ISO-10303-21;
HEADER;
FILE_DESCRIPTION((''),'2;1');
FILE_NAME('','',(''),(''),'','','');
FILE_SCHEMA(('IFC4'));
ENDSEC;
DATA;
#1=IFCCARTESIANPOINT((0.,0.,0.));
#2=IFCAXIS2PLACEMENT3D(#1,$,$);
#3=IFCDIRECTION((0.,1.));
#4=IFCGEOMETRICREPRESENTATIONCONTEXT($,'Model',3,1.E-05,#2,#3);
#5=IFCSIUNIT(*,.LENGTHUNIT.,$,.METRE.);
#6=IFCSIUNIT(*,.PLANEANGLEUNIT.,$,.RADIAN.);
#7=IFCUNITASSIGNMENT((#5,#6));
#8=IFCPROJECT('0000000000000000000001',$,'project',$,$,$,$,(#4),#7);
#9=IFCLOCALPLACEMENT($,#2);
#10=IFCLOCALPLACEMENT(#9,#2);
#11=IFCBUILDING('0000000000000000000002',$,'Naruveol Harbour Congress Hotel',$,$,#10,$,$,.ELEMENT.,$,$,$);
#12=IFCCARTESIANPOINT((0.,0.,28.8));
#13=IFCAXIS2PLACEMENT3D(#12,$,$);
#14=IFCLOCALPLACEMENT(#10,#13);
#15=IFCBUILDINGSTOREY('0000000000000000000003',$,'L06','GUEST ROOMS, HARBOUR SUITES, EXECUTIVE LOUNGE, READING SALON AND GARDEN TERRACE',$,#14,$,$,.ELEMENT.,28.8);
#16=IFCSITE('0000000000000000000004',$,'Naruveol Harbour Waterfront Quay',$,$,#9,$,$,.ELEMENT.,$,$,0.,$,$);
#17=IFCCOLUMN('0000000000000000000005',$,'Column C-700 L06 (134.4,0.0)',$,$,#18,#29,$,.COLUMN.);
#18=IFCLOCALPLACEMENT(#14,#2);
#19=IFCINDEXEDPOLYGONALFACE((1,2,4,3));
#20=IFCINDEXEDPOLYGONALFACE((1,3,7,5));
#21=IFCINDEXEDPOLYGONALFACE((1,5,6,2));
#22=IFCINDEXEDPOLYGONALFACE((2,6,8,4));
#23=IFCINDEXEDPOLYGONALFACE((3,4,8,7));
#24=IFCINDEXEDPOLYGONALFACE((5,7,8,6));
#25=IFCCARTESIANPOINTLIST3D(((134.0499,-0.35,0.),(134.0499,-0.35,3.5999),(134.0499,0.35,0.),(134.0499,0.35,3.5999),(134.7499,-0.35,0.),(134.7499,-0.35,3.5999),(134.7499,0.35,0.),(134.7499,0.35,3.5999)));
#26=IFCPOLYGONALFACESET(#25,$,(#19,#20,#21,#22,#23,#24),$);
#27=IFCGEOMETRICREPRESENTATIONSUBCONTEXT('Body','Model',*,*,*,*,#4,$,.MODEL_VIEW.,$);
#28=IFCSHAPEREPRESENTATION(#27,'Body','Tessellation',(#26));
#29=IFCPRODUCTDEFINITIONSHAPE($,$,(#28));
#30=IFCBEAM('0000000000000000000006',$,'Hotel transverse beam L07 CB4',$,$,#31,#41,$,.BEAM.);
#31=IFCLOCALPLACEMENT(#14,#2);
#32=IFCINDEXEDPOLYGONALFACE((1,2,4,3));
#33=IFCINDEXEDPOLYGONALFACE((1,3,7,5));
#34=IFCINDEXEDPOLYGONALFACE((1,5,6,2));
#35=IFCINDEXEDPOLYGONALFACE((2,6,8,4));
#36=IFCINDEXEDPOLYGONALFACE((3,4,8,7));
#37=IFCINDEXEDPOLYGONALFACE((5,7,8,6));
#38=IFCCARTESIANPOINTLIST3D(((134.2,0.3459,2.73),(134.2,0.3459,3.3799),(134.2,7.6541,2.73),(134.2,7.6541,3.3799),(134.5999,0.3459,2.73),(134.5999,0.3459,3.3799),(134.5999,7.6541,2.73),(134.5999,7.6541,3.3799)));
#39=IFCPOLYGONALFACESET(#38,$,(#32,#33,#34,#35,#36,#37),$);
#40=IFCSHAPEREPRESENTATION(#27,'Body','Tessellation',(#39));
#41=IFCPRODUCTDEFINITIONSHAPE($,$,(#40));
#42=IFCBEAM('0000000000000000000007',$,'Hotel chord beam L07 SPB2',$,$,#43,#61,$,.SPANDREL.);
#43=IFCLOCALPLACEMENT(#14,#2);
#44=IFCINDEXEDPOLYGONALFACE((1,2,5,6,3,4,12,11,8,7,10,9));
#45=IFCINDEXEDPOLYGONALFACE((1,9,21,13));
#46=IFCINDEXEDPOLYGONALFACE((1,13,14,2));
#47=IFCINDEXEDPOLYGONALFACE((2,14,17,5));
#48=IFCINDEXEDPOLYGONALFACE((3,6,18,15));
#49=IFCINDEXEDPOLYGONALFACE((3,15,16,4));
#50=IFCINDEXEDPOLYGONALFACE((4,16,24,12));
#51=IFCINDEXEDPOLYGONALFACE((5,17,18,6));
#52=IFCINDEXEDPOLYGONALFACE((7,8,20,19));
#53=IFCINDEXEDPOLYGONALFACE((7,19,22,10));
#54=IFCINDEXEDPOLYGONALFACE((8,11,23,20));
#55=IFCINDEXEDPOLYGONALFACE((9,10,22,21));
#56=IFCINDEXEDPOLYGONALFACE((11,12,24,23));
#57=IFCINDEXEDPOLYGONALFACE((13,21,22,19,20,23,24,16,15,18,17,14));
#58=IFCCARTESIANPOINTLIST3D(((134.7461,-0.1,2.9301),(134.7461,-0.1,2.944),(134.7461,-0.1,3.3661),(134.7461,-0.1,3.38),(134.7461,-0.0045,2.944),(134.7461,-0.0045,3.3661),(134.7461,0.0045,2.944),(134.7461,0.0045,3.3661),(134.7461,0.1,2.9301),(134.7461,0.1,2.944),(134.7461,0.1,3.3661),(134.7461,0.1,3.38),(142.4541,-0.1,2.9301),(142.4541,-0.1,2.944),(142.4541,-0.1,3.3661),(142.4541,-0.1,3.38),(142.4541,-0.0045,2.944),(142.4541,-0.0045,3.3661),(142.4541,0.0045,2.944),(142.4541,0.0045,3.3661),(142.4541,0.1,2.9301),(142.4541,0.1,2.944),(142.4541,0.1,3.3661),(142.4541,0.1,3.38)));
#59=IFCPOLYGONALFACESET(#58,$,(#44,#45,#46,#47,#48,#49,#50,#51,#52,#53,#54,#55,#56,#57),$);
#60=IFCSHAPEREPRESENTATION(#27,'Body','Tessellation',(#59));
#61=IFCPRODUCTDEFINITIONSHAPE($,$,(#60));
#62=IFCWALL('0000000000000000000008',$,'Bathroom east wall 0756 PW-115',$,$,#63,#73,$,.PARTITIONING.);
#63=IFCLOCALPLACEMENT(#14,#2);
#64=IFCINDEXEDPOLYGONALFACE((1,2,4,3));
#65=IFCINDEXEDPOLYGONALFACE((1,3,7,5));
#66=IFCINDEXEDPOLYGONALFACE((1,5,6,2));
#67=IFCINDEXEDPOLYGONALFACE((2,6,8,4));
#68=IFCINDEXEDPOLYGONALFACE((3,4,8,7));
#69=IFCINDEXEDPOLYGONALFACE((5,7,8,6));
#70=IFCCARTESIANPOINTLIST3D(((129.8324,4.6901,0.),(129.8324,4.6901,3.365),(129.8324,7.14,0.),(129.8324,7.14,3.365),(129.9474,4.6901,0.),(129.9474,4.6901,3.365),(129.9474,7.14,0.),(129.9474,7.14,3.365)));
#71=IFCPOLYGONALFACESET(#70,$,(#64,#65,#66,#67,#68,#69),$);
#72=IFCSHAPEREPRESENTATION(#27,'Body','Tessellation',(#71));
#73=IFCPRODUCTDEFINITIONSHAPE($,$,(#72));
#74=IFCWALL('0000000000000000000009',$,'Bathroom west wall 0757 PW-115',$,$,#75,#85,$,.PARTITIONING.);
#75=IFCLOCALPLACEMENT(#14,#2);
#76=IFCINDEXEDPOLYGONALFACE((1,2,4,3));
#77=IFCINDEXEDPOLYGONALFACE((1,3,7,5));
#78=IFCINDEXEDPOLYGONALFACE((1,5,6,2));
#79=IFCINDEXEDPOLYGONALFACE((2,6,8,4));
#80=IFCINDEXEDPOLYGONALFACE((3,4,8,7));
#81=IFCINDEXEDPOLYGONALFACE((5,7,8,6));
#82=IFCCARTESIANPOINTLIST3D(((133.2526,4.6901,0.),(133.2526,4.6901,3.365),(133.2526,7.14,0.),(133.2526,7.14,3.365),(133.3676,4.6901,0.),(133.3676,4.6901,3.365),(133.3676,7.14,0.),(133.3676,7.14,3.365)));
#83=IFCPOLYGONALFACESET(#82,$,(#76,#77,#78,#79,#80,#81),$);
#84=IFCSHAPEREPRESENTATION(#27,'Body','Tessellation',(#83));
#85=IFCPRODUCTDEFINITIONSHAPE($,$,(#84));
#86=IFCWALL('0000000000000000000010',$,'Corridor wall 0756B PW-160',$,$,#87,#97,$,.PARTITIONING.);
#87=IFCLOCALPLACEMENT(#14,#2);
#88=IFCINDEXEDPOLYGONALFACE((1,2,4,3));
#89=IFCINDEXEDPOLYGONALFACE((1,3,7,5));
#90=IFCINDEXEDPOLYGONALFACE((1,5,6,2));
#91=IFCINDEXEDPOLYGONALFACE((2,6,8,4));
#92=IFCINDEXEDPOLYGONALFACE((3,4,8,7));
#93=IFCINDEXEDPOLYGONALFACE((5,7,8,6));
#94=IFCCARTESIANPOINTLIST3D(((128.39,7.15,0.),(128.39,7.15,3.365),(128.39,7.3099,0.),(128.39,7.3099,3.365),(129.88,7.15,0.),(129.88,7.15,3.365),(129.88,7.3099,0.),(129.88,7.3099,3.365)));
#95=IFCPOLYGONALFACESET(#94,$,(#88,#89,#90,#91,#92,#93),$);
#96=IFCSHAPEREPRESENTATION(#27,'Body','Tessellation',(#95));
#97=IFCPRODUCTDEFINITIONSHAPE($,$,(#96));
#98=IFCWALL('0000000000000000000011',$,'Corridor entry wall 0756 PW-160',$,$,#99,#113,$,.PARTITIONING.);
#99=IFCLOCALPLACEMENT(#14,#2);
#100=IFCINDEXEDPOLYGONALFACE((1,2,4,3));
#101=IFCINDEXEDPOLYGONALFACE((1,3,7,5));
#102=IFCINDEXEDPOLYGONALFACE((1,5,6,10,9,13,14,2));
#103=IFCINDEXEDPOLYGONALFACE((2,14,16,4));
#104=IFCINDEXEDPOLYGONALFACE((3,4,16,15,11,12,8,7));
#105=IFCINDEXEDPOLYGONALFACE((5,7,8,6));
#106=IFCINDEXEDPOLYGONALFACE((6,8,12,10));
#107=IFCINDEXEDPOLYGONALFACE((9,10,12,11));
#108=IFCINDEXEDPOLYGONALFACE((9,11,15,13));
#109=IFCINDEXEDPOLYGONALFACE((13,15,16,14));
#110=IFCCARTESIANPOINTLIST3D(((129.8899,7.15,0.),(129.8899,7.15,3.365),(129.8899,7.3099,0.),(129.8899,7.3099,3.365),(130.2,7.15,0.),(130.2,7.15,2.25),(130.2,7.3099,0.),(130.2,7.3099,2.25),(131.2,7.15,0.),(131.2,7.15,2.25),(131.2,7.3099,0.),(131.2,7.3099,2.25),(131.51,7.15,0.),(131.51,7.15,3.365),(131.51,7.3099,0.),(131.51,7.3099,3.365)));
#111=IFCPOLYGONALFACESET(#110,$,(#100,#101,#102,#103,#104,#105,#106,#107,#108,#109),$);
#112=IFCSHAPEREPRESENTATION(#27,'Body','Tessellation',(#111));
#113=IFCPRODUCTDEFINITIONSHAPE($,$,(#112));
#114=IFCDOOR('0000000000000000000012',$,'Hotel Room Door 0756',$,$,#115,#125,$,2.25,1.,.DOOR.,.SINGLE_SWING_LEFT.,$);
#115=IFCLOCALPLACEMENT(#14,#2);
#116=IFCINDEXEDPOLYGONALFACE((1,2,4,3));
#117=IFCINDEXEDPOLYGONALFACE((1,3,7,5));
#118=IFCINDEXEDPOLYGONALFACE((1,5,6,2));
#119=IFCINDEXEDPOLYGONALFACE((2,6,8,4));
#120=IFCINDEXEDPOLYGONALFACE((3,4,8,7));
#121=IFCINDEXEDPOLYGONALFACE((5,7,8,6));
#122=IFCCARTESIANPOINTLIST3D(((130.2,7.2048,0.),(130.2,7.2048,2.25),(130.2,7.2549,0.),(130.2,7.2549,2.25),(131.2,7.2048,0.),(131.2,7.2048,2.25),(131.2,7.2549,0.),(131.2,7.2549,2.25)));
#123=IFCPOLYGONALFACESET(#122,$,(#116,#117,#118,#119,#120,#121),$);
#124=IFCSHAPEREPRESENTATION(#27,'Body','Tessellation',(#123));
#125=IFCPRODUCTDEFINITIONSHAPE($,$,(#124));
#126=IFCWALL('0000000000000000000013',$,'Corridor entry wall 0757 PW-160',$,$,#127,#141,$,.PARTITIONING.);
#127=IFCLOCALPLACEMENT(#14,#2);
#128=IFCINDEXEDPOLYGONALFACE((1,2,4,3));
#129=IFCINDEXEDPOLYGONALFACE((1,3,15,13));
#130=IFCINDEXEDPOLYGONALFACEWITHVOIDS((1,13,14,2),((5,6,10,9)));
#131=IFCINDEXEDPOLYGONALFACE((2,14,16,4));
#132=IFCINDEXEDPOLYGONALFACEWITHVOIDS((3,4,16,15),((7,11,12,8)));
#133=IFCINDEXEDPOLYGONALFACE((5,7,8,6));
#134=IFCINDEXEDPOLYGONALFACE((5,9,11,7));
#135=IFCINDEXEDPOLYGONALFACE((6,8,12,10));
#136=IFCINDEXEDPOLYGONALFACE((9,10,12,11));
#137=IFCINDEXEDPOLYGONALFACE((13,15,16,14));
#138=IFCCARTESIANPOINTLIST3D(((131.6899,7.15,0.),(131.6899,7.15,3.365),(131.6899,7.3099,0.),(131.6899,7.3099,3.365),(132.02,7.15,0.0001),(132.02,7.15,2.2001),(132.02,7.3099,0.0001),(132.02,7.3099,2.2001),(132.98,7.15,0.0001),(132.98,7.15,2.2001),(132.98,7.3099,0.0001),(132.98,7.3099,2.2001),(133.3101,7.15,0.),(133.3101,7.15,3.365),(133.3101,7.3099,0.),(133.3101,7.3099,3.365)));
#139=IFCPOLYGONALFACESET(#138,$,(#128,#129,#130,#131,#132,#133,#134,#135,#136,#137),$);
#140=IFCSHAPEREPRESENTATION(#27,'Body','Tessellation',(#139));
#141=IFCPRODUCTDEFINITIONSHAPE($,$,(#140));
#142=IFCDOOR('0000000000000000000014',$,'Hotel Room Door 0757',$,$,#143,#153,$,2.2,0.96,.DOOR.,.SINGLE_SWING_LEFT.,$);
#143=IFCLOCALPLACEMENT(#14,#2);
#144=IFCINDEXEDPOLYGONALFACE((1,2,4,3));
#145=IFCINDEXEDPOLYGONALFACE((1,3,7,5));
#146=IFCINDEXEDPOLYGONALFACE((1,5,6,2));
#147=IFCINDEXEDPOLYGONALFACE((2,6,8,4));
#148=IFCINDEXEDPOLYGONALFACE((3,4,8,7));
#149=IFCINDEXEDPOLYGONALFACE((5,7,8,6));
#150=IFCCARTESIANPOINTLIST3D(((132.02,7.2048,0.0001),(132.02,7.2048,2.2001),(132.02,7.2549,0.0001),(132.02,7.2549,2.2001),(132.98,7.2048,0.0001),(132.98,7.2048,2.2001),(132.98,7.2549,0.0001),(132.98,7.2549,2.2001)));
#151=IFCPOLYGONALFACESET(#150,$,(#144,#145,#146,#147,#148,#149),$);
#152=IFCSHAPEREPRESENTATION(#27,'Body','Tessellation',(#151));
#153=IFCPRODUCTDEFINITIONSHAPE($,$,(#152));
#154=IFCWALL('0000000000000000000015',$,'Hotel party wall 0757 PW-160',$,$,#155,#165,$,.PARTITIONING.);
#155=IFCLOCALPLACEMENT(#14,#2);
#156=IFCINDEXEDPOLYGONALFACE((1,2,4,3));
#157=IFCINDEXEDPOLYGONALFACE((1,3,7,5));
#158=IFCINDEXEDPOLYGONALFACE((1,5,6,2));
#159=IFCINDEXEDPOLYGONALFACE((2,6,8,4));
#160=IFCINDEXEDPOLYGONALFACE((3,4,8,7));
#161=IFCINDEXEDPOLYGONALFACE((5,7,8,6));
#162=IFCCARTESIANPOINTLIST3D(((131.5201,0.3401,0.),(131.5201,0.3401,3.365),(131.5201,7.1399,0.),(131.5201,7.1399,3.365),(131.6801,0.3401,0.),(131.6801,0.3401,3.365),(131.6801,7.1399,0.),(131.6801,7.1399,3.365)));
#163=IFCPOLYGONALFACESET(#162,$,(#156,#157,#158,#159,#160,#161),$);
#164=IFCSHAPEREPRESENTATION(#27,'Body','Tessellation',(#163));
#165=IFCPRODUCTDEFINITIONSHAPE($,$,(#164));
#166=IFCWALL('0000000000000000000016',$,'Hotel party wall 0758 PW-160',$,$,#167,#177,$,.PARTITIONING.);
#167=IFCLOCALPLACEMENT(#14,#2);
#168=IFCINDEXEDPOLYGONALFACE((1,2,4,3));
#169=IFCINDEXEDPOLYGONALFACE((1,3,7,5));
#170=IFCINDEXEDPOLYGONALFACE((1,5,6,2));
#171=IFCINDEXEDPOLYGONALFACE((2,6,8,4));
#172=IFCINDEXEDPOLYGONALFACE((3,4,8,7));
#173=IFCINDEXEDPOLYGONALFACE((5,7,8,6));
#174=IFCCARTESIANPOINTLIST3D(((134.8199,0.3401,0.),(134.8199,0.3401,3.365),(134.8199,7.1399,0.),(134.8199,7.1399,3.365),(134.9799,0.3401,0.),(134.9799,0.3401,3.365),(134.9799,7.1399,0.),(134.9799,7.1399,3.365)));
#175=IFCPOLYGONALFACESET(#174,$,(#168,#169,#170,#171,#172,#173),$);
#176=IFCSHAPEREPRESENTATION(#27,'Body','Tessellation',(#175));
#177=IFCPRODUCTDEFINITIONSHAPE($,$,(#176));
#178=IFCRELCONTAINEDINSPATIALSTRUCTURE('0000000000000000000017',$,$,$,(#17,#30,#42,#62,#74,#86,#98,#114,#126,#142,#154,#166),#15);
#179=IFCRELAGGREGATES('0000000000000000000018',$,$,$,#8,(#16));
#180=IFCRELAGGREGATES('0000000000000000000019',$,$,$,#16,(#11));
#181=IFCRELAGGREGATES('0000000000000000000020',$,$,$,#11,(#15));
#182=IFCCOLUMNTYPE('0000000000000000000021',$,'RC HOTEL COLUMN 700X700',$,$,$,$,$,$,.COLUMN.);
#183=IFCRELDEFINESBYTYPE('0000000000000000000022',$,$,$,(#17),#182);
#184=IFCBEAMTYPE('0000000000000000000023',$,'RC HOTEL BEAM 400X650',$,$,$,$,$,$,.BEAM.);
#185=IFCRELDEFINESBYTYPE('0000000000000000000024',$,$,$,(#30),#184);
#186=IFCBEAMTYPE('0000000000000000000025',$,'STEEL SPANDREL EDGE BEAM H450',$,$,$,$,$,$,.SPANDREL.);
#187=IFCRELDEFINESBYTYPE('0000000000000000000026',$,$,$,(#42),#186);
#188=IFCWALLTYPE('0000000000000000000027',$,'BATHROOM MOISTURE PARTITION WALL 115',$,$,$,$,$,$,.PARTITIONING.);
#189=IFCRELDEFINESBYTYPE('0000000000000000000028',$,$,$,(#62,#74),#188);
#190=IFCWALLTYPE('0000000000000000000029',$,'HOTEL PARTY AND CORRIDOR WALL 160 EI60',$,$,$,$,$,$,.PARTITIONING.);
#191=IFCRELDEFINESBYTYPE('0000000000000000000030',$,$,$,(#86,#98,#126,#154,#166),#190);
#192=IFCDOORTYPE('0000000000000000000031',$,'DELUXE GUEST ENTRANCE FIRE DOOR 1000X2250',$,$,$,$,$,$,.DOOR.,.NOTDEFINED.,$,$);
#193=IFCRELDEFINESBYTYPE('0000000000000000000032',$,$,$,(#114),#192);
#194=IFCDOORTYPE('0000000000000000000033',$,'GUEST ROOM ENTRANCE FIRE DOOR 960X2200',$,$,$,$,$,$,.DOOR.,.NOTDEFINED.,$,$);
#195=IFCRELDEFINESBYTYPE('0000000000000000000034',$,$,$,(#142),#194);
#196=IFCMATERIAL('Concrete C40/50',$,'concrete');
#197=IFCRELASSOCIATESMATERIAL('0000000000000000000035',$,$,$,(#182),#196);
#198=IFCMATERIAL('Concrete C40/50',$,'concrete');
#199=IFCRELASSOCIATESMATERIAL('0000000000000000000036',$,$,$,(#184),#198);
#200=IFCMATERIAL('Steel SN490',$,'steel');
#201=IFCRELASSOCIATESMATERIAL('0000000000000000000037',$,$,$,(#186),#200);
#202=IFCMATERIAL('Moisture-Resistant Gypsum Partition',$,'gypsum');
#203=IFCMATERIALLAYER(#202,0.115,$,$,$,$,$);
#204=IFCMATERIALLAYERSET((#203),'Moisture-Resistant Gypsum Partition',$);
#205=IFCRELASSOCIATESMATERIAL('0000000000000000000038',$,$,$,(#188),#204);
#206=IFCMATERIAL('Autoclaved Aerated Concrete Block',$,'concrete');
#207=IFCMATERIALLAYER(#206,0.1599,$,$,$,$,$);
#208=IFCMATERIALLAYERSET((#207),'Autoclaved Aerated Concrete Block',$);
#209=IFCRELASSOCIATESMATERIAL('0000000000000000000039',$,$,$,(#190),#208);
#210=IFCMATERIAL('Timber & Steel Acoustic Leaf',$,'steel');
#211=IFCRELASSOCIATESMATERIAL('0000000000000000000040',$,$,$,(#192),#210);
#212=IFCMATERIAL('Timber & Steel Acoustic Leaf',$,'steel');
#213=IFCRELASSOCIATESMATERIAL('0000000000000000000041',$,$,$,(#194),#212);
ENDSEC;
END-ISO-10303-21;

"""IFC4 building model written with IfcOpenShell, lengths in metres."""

from ifc_helpers import new_model, si_unit, direction, frame, frame_2d, origin, origin_2d, place, context, subcontext, project, spatial, rectangle, i_section, extrude, material, layer, layer_set, material_profile, profile_set, type_object, element, fill, save


model = new_model("IFC4")

# Units and contexts
model_context = context("Model", 3, precision=1e-05, world=origin(), true_north=direction((0.0, 1.0)))
body_context = subcontext(model_context, "Body", "Model", "MODEL_VIEW")
ifc_project = project(units=[si_unit("LENGTHUNIT", "METRE"), si_unit("PLANEANGLEUNIT", "RADIAN")], contexts=[model_context])

# Site, building, storey
site_placement = place(None, origin())
site = spatial("IfcSite", under=ifc_project, at=site_placement, Name="Naruveol Harbour Waterfront Quay", CompositionType="ELEMENT", RefElevation=0.0)
building_placement = place(site_placement, origin())
building = spatial("IfcBuilding", under=site, at=building_placement, Name="Naruveol Harbour Congress Hotel", CompositionType="ELEMENT")
storey_placement = place(building_placement, frame((0.0, 0.0, 28.8)))
storey = spatial("IfcBuildingStorey", under=building, at=storey_placement, Name="L06", Description="GUEST ROOMS, HARBOUR SUITES, EXECUTIVE LOUNGE, READING SALON AND GARDEN TERRACE", CompositionType="ELEMENT", Elevation=28.8)

# Column
ifc_material_1 = material(Name="Concrete C40/50", Category="concrete")
ifc_material_profile_1 = material_profile(ifc_material_1, rectangle(XDim=0.7, YDim=0.7, at=origin_2d()), Name="RC-700x700")
ifc_profile_set_1 = profile_set([ifc_material_profile_1], Name="Concrete C40/50")
column_type = type_object("IfcColumnType", Name="RC HOTEL COLUMN 700X700", PredefinedType="COLUMN", material=ifc_profile_set_1)
column_placement = place(storey_placement, frame((134.3999, 0.0, 0.0), z_axis=(0.0, 0.0, 1.0), x_axis=(1.0, 0.0, 0.0)))
element("IfcColumn", 1, at=column_placement, inside=storey, type_object=column_type, Name="Column C-700 L06 (134.4,0.0)", PredefinedType="COLUMN", context=body_context, shape_type="SweptSolid", body=[
    extrude(rectangle(XDim=0.7, YDim=0.7, at=origin_2d()), origin(), (0.0, 0.0, 1.0), 3.5999),
])

# Beams
ifc_material_2 = material(Name="Concrete C40/50", Category="concrete")
ifc_material_profile_2 = material_profile(ifc_material_2, rectangle(XDim=0.3999, YDim=0.6499, at=origin_2d()), Name="RCB-400x650")
ifc_profile_set_2 = profile_set([ifc_material_profile_2], Name="Concrete C40/50")
beam_type_1 = type_object("IfcBeamType", Name="RC HOTEL BEAM 400X650", PredefinedType="BEAM", material=ifc_profile_set_2)
beam_1_placement = place(storey_placement, frame((134.3999, 0.3459, 3.0549), z_axis=(0.0, 1.0, 0.0), x_axis=(-1.0, 0.0, 0.0)))
element("IfcBeam", 2, at=beam_1_placement, inside=storey, type_object=beam_type_1, Name="Hotel transverse beam L07 CB4", PredefinedType="BEAM", context=body_context, shape_type="SweptSolid", body=[
    extrude(rectangle(XDim=0.3999, YDim=0.6499, at=origin_2d()), origin(), (0.0, 0.0, 1.0), 7.3081),
])
ifc_material_3 = material(Name="Steel SN490", Category="steel")
ifc_material_profile_3 = material_profile(ifc_material_3, i_section(OverallWidth=0.2, OverallDepth=0.45, WebThickness=0.009, FlangeThickness=0.0139, at=origin_2d()), Name="H-450x200x9x14")
ifc_profile_set_3 = profile_set([ifc_material_profile_3], Name="Steel SN490")
beam_type_2 = type_object("IfcBeamType", Name="STEEL SPANDREL EDGE BEAM H450", PredefinedType="SPANDREL", material=ifc_profile_set_3)
beam_2_placement = place(storey_placement, frame((134.7461, 0.0, 3.155), z_axis=(1.0, 0.0, 0.0), x_axis=(0.0, 1.0, 0.0)))
element("IfcBeam", 3, at=beam_2_placement, inside=storey, type_object=beam_type_2, Name="Hotel chord beam L07 SPB2", PredefinedType="SPANDREL", context=body_context, shape_type="SweptSolid", body=[
    extrude(i_section(OverallWidth=0.2, OverallDepth=0.45, WebThickness=0.009, FlangeThickness=0.0139, at=origin_2d()), origin(), (0.0, 0.0, 1.0), 7.708),
])

# Wall
ifc_material_4 = material(Name="Moisture-Resistant Gypsum Partition", Category="gypsum")
ifc_layer_1 = layer(ifc_material_4, 0.115)
ifc_layer_set_1 = layer_set([ifc_layer_1], Name="Moisture-Resistant Gypsum Partition")
wall_type_1 = type_object("IfcWallType", Name="BATHROOM MOISTURE PARTITION WALL 115", PredefinedType="PARTITIONING", material=ifc_layer_set_1)
wall_1_placement = place(storey_placement, frame((129.8899, 4.6899, 0.0), z_axis=(0.0, 0.0, 1.0), x_axis=(0.0, 1.0, 0.0)))
element("IfcWall", 4, at=wall_1_placement, inside=storey, type_object=wall_type_1, Name="Bathroom east wall 0756 PW-115", PredefinedType="PARTITIONING", context=body_context, shape_type="SweptSolid", body=[
    extrude(rectangle(XDim=2.45, YDim=0.115, at=frame_2d((1.2251, 0.0))), origin(), (0.0, 0.0, 1.0), 3.365),
])

# Wall
wall_2_placement = place(storey_placement, frame((133.3101, 4.6899, 0.0), z_axis=(0.0, 0.0, 1.0), x_axis=(0.0, 1.0, 0.0)))
element("IfcWall", 5, at=wall_2_placement, inside=storey, type_object=wall_type_1, Name="Bathroom west wall 0757 PW-115", PredefinedType="PARTITIONING", context=body_context, shape_type="SweptSolid", body=[
    extrude(rectangle(XDim=2.45, YDim=0.115, at=frame_2d((1.2251, 0.0))), origin(), (0.0, 0.0, 1.0), 3.365),
])

# Wall
ifc_material_5 = material(Name="Autoclaved Aerated Concrete Block", Category="concrete")
ifc_layer_2 = layer(ifc_material_5, 0.1599)
ifc_layer_set_2 = layer_set([ifc_layer_2], Name="Autoclaved Aerated Concrete Block")
wall_type_2 = type_object("IfcWallType", Name="HOTEL PARTY AND CORRIDOR WALL 160 EI60", PredefinedType="PARTITIONING", material=ifc_layer_set_2)
wall_3_placement = place(storey_placement, frame((128.3899, 7.23, 0.0), z_axis=(0.0, 0.0, 1.0), x_axis=(1.0, 0.0, 0.0)))
element("IfcWall", 6, at=wall_3_placement, inside=storey, type_object=wall_type_2, Name="Corridor wall 0756B PW-160", PredefinedType="PARTITIONING", context=body_context, shape_type="SweptSolid", body=[
    extrude(rectangle(XDim=1.49, YDim=0.1599, at=frame_2d((0.7451, 0.0))), origin(), (0.0, 0.0, 1.0), 3.365),
])

# Walls, openings, doors
wall_4_placement = place(storey_placement, frame((129.8899, 7.23, 0.0), z_axis=(0.0, 0.0, 1.0), x_axis=(1.0, 0.0, 0.0)))
wall_4 = element("IfcWall", 7, at=wall_4_placement, inside=storey, type_object=wall_type_2, Name="Corridor entry wall 0756 PW-160", PredefinedType="PARTITIONING", context=body_context, shape_type="SweptSolid", body=[
    extrude(rectangle(XDim=1.6201, YDim=0.1599, at=frame_2d((0.8101, 0.0))), origin(), (0.0, 0.0, 1.0), 3.365),
])
opening_1_placement = place(wall_4_placement, frame((0.3101, 0.0, 0.0)))
opening_1 = element("IfcOpeningElement", 8, at=opening_1_placement, cuts=wall_4, PredefinedType="OPENING", context=body_context, shape_type="SweptSolid", body=[
    extrude(rectangle(XDim=1.0, YDim=2.25, at=frame_2d((0.5, 1.125))), frame((0.0, 0.0898, 0.0), z_axis=(0.0, -1.0, 0.0), x_axis=(1.0, 0.0, 0.0)), (0.0, 0.0, 1.0), 0.1799),
])
ifc_material_6 = material(Name="Timber & Steel Acoustic Leaf", Category="steel")
door_type_1 = type_object("IfcDoorType", Name="DELUXE GUEST ENTRANCE FIRE DOOR 1000X2250", OperationType="NOTDEFINED", PredefinedType="DOOR", material=ifc_material_6)
door_1_placement = place(opening_1_placement, origin())
door_1 = element("IfcDoor", 9, at=door_1_placement, inside=storey, type_object=door_type_1, Name="Hotel Room Door 0756", OperationType="SINGLE_SWING_LEFT", OverallHeight=2.25, OverallWidth=1.0, PredefinedType="DOOR", context=body_context, shape_type="SweptSolid", body=[
    extrude(rectangle(XDim=1.0, YDim=2.25, at=frame_2d((0.5, 1.125))), frame((0.0, 0.0249, 0.0), z_axis=(0.0, -1.0, 0.0), x_axis=(1.0, 0.0, 0.0)), (0.0, 0.0, 1.0), 0.05),
])
fill(opening_1, door_1)
wall_5_placement = place(storey_placement, frame((131.6899, 7.23, 0.0), z_axis=(0.0, 0.0, 1.0), x_axis=(1.0, 0.0, 0.0)))
wall_5 = element("IfcWall", 10, at=wall_5_placement, inside=storey, type_object=wall_type_2, Name="Corridor entry wall 0757 PW-160", PredefinedType="PARTITIONING", context=body_context, shape_type="SweptSolid", body=[
    extrude(rectangle(XDim=1.6201, YDim=0.1599, at=frame_2d((0.8101, 0.0))), origin(), (0.0, 0.0, 1.0), 3.365),
])
opening_2_placement = place(wall_5_placement, frame((0.3301, 0.0, 0.0)))
opening_2 = element("IfcOpeningElement", 11, at=opening_2_placement, cuts=wall_5, PredefinedType="OPENING", context=body_context, shape_type="SweptSolid", body=[
    extrude(rectangle(XDim=0.96, YDim=2.2, at=frame_2d((0.48, 1.1001))), frame((0.0, 0.0898, 0.0), z_axis=(0.0, -1.0, 0.0), x_axis=(1.0, 0.0, 0.0)), (0.0, 0.0, 1.0), 0.1799),
])
ifc_material_7 = material(Name="Timber & Steel Acoustic Leaf", Category="steel")
door_type_2 = type_object("IfcDoorType", Name="GUEST ROOM ENTRANCE FIRE DOOR 960X2200", OperationType="NOTDEFINED", PredefinedType="DOOR", material=ifc_material_7)
door_2_placement = place(opening_2_placement, origin())
door_2 = element("IfcDoor", 12, at=door_2_placement, inside=storey, type_object=door_type_2, Name="Hotel Room Door 0757", OperationType="SINGLE_SWING_LEFT", OverallHeight=2.2, OverallWidth=0.96, PredefinedType="DOOR", context=body_context, shape_type="SweptSolid", body=[
    extrude(rectangle(XDim=0.96, YDim=2.2, at=frame_2d((0.48, 1.1001))), frame((0.0, 0.0249, 0.0), z_axis=(0.0, -1.0, 0.0), x_axis=(1.0, 0.0, 0.0)), (0.0, 0.0, 1.0), 0.05),
])
fill(opening_2, door_2)

# Walls
for number, where, z_axis, x_axis, name in (
    (13, (131.6001, 0.3401, 0.0), (0.0, 0.0, 1.0), (0.0, 1.0, 0.0), "Hotel party wall 0757 PW-160"),
    (14, (134.8999, 0.3401, 0.0), (0.0, 0.0, 1.0), (0.0, 1.0, 0.0), "Hotel party wall 0758 PW-160"),
):
    element("IfcWall", number, at=place(storey_placement, frame(where, z_axis=z_axis, x_axis=x_axis)), inside=storey, type_object=wall_type_2, Name=name, PredefinedType="PARTITIONING", context=body_context, shape_type="SweptSolid", body=[
        extrude(rectangle(XDim=6.7998, YDim=0.1599, at=frame_2d((3.3999, 0.0))), origin(), (0.0, 0.0, 1.0), 3.365),
    ])

save(model, "model.ifc")
